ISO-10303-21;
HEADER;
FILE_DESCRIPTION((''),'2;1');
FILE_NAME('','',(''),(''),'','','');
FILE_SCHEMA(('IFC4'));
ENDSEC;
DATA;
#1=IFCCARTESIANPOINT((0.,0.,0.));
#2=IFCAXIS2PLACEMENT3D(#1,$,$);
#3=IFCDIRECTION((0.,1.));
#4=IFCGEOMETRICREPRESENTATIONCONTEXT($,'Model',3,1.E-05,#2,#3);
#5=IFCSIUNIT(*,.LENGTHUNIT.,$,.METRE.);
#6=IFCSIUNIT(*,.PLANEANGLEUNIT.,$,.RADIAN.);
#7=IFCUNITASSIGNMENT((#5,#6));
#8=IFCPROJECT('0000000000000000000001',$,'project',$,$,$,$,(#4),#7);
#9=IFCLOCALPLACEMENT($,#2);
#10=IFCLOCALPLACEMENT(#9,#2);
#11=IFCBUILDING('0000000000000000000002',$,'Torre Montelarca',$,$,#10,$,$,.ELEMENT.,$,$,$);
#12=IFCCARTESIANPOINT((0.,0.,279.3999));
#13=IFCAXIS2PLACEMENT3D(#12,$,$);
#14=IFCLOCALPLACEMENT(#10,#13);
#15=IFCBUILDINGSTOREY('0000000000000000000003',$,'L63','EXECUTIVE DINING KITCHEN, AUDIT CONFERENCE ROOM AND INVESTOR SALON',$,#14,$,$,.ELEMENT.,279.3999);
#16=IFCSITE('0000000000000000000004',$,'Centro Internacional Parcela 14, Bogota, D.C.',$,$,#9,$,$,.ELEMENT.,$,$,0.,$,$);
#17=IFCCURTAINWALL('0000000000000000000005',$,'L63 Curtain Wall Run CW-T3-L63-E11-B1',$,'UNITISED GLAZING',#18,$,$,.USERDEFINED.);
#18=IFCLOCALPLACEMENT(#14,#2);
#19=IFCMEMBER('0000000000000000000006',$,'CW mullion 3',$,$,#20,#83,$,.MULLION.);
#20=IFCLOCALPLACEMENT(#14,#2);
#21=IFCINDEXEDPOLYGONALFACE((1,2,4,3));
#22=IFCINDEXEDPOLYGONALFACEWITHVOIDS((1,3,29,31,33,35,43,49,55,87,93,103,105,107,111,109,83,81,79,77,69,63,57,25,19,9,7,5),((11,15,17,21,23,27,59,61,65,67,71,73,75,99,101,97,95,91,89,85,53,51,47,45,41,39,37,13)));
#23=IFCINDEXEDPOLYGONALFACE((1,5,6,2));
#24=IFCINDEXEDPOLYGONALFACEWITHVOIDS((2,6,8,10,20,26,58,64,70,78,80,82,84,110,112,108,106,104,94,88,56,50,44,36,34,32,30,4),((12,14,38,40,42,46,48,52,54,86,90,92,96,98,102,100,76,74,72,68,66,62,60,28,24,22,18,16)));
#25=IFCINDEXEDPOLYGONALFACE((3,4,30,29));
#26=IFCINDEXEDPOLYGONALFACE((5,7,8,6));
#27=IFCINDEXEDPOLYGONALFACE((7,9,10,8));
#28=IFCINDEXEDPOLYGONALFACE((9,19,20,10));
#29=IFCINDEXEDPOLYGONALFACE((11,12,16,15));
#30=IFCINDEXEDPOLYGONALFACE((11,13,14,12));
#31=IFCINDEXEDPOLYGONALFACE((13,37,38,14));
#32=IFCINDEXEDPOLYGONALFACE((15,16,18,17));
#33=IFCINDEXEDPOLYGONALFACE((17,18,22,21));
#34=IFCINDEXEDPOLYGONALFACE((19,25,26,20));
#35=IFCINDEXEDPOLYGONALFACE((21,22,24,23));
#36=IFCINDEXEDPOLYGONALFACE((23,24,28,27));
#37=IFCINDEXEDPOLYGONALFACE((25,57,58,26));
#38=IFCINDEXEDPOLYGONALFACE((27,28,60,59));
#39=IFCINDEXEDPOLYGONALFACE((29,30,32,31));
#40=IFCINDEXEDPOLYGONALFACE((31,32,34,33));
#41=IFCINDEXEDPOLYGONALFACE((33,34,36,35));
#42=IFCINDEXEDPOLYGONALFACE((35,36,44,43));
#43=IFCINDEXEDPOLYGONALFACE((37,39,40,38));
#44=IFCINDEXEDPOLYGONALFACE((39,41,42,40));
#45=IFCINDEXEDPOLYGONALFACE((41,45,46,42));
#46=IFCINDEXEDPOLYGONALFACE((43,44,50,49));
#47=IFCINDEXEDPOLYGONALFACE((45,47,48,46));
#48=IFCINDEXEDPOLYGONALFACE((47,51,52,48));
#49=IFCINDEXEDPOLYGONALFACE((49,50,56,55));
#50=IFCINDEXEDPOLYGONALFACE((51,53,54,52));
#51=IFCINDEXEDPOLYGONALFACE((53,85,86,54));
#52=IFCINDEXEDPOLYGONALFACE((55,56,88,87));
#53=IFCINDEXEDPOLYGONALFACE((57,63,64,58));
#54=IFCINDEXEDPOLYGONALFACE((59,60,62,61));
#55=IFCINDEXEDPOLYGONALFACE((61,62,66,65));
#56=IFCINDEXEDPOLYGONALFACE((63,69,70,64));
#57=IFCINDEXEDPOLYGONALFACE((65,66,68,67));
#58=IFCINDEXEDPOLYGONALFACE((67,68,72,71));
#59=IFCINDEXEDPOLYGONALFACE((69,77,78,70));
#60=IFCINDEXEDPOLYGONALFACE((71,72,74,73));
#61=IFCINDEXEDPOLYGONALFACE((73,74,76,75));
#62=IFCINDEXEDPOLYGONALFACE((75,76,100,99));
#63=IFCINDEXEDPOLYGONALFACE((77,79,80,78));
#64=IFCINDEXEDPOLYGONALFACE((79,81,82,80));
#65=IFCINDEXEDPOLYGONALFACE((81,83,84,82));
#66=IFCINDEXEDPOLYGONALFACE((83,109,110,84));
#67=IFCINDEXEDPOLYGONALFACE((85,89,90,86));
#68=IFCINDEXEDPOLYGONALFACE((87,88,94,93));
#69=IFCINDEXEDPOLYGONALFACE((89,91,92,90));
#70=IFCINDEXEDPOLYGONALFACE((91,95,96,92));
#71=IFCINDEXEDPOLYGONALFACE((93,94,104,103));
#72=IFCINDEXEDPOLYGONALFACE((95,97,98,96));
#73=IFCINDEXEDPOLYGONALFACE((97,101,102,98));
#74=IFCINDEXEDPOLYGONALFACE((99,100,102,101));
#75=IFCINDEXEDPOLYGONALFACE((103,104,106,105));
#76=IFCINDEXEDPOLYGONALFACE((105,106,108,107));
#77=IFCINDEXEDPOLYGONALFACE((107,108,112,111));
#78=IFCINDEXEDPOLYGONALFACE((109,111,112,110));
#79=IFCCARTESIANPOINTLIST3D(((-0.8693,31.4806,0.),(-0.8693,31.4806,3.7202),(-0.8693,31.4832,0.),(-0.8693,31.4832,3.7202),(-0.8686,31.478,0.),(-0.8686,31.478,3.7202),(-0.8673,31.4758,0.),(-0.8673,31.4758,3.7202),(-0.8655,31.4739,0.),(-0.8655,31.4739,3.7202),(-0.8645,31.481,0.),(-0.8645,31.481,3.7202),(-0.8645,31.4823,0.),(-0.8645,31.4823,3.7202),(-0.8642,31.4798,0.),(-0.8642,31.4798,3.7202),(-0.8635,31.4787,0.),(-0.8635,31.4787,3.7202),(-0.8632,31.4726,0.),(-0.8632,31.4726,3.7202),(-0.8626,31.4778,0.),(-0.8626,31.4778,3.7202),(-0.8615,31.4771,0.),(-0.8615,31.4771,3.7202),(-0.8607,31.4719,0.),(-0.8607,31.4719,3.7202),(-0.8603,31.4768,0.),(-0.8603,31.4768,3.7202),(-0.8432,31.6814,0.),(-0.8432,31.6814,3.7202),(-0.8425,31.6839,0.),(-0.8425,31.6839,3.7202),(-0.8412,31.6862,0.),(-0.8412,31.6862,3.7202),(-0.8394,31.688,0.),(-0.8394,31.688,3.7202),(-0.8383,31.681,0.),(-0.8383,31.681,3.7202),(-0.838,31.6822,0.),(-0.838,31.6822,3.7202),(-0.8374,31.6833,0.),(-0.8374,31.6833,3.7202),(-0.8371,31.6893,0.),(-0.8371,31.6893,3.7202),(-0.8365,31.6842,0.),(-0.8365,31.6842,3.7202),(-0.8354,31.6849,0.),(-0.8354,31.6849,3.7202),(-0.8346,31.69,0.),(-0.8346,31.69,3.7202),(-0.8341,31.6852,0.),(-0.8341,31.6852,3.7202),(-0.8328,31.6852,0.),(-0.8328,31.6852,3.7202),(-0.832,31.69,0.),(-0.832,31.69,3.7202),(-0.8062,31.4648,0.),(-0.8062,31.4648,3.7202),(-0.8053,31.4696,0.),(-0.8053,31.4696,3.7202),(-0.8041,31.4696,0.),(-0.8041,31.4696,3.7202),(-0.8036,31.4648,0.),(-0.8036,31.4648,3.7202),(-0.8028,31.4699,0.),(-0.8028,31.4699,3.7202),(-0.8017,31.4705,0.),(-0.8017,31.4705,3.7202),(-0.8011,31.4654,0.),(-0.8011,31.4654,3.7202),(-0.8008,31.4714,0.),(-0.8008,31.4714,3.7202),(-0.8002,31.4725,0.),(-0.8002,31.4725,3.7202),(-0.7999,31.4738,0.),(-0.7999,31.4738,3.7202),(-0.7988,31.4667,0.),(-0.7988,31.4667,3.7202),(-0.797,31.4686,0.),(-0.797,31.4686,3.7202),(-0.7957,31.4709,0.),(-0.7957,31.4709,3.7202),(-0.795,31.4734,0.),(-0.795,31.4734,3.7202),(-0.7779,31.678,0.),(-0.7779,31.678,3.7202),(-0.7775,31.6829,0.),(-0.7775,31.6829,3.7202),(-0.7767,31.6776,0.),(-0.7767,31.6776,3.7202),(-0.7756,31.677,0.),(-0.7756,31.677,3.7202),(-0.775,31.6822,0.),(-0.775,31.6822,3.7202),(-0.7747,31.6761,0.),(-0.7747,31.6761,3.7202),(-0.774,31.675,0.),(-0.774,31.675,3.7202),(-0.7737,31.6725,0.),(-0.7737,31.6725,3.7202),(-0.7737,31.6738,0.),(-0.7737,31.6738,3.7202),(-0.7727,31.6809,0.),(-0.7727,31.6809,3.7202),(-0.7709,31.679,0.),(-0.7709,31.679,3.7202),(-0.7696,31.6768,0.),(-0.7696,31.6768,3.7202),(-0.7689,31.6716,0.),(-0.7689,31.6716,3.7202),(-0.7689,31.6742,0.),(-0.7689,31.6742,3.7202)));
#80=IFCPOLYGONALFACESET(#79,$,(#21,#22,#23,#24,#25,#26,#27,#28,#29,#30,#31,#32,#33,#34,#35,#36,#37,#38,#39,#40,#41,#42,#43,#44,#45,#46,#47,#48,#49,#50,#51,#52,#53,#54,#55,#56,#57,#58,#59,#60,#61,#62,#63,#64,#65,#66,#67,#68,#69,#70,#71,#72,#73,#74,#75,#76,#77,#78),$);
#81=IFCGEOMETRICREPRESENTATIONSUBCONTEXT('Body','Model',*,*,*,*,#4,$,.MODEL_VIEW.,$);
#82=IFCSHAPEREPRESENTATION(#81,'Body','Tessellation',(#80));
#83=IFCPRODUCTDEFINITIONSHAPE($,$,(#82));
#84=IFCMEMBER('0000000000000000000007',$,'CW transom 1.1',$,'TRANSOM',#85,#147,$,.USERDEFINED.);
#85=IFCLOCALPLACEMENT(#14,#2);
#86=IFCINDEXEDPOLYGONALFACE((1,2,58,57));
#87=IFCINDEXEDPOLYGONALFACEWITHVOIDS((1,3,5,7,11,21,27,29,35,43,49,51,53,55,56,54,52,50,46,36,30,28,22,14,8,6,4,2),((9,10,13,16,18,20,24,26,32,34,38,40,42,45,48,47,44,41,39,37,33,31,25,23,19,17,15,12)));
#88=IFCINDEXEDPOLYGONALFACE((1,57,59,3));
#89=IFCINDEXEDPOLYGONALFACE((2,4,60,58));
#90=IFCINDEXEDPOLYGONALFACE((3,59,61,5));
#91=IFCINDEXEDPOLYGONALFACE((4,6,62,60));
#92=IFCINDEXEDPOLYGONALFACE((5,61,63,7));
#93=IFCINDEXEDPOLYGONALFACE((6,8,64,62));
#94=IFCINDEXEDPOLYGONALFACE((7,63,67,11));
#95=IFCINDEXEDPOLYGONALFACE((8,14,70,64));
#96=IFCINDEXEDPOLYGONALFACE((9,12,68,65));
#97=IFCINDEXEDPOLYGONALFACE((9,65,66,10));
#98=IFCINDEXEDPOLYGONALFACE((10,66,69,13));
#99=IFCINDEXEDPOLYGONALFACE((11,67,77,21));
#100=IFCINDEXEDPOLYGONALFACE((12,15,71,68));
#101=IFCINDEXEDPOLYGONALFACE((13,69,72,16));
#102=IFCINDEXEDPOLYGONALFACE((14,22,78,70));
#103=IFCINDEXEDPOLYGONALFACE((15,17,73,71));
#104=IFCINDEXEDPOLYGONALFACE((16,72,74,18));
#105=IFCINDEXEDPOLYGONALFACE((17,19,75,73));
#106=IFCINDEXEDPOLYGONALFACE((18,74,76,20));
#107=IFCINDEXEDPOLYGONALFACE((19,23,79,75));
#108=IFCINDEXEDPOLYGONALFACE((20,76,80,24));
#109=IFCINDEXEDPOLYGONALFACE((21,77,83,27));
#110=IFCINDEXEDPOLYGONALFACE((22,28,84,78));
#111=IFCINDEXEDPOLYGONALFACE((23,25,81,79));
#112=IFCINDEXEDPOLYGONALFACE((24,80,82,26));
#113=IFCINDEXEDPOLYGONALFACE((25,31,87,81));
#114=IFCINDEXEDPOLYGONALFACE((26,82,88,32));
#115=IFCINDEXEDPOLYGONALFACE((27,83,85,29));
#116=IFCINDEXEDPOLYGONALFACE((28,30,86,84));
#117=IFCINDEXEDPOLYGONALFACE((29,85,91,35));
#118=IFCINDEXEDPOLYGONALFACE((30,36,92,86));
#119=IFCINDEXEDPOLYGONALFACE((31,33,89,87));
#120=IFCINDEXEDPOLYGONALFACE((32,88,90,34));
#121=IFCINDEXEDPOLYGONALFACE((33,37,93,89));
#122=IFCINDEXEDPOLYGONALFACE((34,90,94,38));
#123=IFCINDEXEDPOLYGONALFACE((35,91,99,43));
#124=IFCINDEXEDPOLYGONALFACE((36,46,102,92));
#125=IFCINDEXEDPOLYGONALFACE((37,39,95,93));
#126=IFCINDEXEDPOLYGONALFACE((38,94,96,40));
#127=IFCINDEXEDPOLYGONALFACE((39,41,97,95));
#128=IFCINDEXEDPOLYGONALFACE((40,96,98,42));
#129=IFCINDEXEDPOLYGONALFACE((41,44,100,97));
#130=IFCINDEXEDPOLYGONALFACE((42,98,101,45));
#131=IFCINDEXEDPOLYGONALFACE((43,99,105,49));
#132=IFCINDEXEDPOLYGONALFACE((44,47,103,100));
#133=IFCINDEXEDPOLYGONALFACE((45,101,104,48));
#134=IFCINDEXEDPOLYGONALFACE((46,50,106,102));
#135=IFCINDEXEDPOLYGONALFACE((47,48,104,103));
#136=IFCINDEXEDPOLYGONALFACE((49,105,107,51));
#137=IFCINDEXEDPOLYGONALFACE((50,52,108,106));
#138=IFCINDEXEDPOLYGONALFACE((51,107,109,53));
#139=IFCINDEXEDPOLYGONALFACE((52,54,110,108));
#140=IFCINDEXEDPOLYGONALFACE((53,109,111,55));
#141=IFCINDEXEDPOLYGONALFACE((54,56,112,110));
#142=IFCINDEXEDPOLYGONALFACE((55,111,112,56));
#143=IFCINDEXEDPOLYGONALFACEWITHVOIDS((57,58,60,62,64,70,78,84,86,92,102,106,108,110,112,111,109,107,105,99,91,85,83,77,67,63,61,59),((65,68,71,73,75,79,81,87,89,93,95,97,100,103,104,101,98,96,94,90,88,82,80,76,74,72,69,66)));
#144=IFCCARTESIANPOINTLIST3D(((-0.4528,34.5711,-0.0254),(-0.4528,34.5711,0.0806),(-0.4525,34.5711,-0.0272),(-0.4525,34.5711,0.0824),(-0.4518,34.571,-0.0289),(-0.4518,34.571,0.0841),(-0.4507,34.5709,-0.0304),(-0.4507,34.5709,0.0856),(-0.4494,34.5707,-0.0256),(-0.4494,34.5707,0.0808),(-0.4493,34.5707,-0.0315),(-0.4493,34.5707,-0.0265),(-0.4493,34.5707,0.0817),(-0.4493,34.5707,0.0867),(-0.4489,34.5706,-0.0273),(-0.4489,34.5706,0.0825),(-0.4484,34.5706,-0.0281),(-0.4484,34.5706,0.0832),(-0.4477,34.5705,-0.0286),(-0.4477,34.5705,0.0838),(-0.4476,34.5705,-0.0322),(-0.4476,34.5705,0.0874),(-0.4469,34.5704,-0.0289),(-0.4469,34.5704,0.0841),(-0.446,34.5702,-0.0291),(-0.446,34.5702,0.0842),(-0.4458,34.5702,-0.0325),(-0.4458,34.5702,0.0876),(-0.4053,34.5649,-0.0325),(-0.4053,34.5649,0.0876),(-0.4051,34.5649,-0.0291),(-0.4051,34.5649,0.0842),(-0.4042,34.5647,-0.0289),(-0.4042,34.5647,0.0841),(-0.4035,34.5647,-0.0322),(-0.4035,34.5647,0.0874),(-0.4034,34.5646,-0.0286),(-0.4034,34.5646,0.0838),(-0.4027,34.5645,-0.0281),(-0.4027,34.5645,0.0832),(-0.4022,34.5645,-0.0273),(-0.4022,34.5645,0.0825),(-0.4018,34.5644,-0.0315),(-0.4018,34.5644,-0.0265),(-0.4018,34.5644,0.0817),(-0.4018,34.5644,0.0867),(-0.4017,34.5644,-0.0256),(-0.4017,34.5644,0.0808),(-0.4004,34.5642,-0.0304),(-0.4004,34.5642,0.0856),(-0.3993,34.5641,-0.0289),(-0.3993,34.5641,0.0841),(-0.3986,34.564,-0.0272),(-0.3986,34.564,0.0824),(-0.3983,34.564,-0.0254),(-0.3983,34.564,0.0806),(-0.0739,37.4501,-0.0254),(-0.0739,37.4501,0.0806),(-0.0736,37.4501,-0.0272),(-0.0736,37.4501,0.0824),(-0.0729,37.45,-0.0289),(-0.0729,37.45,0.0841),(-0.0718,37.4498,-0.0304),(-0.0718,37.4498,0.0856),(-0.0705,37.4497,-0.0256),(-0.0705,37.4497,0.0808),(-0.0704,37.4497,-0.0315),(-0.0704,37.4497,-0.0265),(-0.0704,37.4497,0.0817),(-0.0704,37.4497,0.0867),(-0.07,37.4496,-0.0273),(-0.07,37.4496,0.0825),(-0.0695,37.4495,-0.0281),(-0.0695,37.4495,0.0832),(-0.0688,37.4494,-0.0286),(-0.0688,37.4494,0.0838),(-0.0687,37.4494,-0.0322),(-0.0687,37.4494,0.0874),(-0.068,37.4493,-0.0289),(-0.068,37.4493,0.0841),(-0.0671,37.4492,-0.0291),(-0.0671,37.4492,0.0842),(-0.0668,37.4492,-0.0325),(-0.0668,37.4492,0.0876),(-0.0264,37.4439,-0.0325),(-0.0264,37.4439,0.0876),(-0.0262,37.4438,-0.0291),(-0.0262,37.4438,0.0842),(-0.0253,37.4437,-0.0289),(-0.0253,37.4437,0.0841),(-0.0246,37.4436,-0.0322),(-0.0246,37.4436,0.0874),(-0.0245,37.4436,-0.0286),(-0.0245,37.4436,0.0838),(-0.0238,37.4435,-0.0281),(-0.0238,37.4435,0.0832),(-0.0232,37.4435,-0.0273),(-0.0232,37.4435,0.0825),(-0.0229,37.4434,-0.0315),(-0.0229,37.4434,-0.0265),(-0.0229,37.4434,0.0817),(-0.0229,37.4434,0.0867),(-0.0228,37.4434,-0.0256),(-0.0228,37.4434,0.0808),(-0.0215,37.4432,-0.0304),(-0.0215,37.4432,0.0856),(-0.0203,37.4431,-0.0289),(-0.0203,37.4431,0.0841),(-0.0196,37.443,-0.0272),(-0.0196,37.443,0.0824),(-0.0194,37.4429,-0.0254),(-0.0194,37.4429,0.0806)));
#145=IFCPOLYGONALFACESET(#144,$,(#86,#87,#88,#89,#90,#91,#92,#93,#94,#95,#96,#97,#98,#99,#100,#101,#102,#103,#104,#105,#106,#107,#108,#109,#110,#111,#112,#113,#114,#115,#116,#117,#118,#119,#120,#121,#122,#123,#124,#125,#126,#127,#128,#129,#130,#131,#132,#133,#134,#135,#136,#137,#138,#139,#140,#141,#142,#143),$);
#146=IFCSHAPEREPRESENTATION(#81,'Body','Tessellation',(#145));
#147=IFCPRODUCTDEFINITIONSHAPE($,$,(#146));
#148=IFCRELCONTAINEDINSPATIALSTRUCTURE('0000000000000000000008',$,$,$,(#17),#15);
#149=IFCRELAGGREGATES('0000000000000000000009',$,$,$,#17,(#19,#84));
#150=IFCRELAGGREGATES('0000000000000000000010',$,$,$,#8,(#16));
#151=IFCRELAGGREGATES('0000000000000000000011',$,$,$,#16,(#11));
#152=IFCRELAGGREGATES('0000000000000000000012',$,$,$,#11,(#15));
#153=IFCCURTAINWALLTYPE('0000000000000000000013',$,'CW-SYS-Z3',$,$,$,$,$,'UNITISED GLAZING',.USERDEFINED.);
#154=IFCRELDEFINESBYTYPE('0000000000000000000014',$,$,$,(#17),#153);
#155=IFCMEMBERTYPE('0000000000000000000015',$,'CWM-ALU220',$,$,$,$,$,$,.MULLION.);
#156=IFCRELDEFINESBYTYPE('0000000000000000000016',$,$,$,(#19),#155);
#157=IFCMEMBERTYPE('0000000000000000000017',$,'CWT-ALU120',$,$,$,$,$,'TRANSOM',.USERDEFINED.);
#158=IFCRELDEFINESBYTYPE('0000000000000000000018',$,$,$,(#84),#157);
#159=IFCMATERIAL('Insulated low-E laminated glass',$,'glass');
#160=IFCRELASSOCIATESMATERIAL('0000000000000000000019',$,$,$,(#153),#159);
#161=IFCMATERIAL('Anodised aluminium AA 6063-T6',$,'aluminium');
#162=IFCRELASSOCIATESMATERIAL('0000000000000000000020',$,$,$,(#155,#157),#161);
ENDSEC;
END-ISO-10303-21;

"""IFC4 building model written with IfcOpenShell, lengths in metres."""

from ifc_helpers import new_model, si_unit, direction, frame, origin, origin_2d, place, context, subcontext, project, spatial, hollow_rectangle, extrude, source, transform, mapped, material, material_profile, profile_set, type_object, element, aggregate, save


model = new_model("IFC4")

# Units and contexts
model_context = context("Model", 3, precision=1e-05, world=origin(), true_north=direction((0.0, 1.0)))
body_context = subcontext(model_context, "Body", "Model", "MODEL_VIEW")
ifc_project = project(units=[si_unit("LENGTHUNIT", "METRE"), si_unit("PLANEANGLEUNIT", "RADIAN")], contexts=[model_context])

# Site, building, storey
site_placement = place(None, origin())
site = spatial("IfcSite", under=ifc_project, at=site_placement, Name="Centro Internacional Parcela 14, Bogota, D.C.", CompositionType="ELEMENT", RefElevation=0.0)
building_placement = place(site_placement, origin())
building = spatial("IfcBuilding", under=site, at=building_placement, Name="Torre Montelarca", CompositionType="ELEMENT")
storey_placement = place(building_placement, frame((0.0, 0.0, 279.3999)))
storey = spatial("IfcBuildingStorey", under=building, at=storey_placement, Name="L63", Description="EXECUTIVE DINING KITCHEN, AUDIT CONFERENCE ROOM AND INVESTOR SALON", CompositionType="ELEMENT", Elevation=279.3999)

# Shared definitions
ifc_material_1 = material(Name="Insulated low-E laminated glass", Category="glass")
curtain_wall_type = type_object("IfcCurtainWallType", Name="CW-SYS-Z3", ElementType="UNITISED GLAZING", PredefinedType="USERDEFINED", material=ifc_material_1)
ifc_material_2 = material(Name="Anodised aluminium AA 6063-T6", Category="aluminium")
ifc_material_profile_1 = material_profile(ifc_material_2, hollow_rectangle(XDim=0.075, YDim=0.22, WallThickness=0.0049, InnerFilletRadius=0.0049, OuterFilletRadius=0.01, at=origin_2d()), Name="ALU75X220X5", Category="aluminium")
ifc_profile_set_1 = profile_set([ifc_material_profile_1], Name="Anodised aluminium AA 6063-T6")
member_type_1 = type_object("IfcMemberType", Name="CWM-ALU220", PredefinedType="MULLION", material=ifc_profile_set_1)
shared_shape_1 = source(origin(), body_context, "Body", "SweptSolid", [
    extrude(hollow_rectangle(XDim=0.075, YDim=0.22, WallThickness=0.0049, InnerFilletRadius=0.0049, OuterFilletRadius=0.01, at=origin_2d()), origin(), (0.0, 0.0, 1.0), 3.7202),
])

# Curtain wall, members
curtain_wall_1_placement = place(storey_placement, origin())
curtain_wall_1 = element("IfcCurtainWall", 1, at=curtain_wall_1_placement, inside=storey, type_object=curtain_wall_type, Name="L63 Curtain Wall Run CW-T3-L63-E11-B1", ObjectType="UNITISED GLAZING", PredefinedType="USERDEFINED")
member_1_placement = place(storey_placement, frame((-0.8191, 31.5774, 0.0), z_axis=(0.0, 0.0, 1.0), x_axis=(0.991446, -0.130514, 0.0)))
member_1 = element("IfcMember", 2, at=member_1_placement, type_object=member_type_1, Name="CW mullion 3", PredefinedType="MULLION", context=body_context, shape_type="MappedRepresentation", body=[
    mapped(shared_shape_1, transform((0.0, 0.0, 0.0), scale=1.0)),
])
ifc_material_profile_2 = material_profile(ifc_material_2, hollow_rectangle(XDim=0.0549, YDim=0.1201, WallThickness=0.0034, InnerFilletRadius=0.0034, OuterFilletRadius=0.0071, at=origin_2d()), Name="ALU55X120X3.5", Category="aluminium")
ifc_profile_set_2 = profile_set([ifc_material_profile_2], Name="Anodised aluminium AA 6063-T6")
member_type_2 = type_object("IfcMemberType", Name="CWT-ALU120", ElementType="TRANSOM", PredefinedType="USERDEFINED", material=ifc_profile_set_2)
shared_shape_2 = source(origin(), body_context, "Body", "SweptSolid", [
    extrude(hollow_rectangle(XDim=0.0549, YDim=0.1201, WallThickness=0.0034, InnerFilletRadius=0.0034, OuterFilletRadius=0.0071, at=origin_2d()), origin(), (0.0, 0.0, 1.0), 2.9038),
])
member_2_placement = place(storey_placement, frame((-0.0466, 37.4465, 0.0276), z_axis=(-0.130489, -0.99145, 0.0), x_axis=(0.99145, -0.130489, 0.0)))
member_2 = element("IfcMember", 3, at=member_2_placement, type_object=member_type_2, Name="CW transom 1.1", ObjectType="TRANSOM", PredefinedType="USERDEFINED", context=body_context, shape_type="MappedRepresentation", body=[
    mapped(shared_shape_2, transform((0.0, 0.0, 0.0), scale=1.0)),
])
aggregate(curtain_wall_1, [member_1, member_2])

save(model, "model.ifc")
